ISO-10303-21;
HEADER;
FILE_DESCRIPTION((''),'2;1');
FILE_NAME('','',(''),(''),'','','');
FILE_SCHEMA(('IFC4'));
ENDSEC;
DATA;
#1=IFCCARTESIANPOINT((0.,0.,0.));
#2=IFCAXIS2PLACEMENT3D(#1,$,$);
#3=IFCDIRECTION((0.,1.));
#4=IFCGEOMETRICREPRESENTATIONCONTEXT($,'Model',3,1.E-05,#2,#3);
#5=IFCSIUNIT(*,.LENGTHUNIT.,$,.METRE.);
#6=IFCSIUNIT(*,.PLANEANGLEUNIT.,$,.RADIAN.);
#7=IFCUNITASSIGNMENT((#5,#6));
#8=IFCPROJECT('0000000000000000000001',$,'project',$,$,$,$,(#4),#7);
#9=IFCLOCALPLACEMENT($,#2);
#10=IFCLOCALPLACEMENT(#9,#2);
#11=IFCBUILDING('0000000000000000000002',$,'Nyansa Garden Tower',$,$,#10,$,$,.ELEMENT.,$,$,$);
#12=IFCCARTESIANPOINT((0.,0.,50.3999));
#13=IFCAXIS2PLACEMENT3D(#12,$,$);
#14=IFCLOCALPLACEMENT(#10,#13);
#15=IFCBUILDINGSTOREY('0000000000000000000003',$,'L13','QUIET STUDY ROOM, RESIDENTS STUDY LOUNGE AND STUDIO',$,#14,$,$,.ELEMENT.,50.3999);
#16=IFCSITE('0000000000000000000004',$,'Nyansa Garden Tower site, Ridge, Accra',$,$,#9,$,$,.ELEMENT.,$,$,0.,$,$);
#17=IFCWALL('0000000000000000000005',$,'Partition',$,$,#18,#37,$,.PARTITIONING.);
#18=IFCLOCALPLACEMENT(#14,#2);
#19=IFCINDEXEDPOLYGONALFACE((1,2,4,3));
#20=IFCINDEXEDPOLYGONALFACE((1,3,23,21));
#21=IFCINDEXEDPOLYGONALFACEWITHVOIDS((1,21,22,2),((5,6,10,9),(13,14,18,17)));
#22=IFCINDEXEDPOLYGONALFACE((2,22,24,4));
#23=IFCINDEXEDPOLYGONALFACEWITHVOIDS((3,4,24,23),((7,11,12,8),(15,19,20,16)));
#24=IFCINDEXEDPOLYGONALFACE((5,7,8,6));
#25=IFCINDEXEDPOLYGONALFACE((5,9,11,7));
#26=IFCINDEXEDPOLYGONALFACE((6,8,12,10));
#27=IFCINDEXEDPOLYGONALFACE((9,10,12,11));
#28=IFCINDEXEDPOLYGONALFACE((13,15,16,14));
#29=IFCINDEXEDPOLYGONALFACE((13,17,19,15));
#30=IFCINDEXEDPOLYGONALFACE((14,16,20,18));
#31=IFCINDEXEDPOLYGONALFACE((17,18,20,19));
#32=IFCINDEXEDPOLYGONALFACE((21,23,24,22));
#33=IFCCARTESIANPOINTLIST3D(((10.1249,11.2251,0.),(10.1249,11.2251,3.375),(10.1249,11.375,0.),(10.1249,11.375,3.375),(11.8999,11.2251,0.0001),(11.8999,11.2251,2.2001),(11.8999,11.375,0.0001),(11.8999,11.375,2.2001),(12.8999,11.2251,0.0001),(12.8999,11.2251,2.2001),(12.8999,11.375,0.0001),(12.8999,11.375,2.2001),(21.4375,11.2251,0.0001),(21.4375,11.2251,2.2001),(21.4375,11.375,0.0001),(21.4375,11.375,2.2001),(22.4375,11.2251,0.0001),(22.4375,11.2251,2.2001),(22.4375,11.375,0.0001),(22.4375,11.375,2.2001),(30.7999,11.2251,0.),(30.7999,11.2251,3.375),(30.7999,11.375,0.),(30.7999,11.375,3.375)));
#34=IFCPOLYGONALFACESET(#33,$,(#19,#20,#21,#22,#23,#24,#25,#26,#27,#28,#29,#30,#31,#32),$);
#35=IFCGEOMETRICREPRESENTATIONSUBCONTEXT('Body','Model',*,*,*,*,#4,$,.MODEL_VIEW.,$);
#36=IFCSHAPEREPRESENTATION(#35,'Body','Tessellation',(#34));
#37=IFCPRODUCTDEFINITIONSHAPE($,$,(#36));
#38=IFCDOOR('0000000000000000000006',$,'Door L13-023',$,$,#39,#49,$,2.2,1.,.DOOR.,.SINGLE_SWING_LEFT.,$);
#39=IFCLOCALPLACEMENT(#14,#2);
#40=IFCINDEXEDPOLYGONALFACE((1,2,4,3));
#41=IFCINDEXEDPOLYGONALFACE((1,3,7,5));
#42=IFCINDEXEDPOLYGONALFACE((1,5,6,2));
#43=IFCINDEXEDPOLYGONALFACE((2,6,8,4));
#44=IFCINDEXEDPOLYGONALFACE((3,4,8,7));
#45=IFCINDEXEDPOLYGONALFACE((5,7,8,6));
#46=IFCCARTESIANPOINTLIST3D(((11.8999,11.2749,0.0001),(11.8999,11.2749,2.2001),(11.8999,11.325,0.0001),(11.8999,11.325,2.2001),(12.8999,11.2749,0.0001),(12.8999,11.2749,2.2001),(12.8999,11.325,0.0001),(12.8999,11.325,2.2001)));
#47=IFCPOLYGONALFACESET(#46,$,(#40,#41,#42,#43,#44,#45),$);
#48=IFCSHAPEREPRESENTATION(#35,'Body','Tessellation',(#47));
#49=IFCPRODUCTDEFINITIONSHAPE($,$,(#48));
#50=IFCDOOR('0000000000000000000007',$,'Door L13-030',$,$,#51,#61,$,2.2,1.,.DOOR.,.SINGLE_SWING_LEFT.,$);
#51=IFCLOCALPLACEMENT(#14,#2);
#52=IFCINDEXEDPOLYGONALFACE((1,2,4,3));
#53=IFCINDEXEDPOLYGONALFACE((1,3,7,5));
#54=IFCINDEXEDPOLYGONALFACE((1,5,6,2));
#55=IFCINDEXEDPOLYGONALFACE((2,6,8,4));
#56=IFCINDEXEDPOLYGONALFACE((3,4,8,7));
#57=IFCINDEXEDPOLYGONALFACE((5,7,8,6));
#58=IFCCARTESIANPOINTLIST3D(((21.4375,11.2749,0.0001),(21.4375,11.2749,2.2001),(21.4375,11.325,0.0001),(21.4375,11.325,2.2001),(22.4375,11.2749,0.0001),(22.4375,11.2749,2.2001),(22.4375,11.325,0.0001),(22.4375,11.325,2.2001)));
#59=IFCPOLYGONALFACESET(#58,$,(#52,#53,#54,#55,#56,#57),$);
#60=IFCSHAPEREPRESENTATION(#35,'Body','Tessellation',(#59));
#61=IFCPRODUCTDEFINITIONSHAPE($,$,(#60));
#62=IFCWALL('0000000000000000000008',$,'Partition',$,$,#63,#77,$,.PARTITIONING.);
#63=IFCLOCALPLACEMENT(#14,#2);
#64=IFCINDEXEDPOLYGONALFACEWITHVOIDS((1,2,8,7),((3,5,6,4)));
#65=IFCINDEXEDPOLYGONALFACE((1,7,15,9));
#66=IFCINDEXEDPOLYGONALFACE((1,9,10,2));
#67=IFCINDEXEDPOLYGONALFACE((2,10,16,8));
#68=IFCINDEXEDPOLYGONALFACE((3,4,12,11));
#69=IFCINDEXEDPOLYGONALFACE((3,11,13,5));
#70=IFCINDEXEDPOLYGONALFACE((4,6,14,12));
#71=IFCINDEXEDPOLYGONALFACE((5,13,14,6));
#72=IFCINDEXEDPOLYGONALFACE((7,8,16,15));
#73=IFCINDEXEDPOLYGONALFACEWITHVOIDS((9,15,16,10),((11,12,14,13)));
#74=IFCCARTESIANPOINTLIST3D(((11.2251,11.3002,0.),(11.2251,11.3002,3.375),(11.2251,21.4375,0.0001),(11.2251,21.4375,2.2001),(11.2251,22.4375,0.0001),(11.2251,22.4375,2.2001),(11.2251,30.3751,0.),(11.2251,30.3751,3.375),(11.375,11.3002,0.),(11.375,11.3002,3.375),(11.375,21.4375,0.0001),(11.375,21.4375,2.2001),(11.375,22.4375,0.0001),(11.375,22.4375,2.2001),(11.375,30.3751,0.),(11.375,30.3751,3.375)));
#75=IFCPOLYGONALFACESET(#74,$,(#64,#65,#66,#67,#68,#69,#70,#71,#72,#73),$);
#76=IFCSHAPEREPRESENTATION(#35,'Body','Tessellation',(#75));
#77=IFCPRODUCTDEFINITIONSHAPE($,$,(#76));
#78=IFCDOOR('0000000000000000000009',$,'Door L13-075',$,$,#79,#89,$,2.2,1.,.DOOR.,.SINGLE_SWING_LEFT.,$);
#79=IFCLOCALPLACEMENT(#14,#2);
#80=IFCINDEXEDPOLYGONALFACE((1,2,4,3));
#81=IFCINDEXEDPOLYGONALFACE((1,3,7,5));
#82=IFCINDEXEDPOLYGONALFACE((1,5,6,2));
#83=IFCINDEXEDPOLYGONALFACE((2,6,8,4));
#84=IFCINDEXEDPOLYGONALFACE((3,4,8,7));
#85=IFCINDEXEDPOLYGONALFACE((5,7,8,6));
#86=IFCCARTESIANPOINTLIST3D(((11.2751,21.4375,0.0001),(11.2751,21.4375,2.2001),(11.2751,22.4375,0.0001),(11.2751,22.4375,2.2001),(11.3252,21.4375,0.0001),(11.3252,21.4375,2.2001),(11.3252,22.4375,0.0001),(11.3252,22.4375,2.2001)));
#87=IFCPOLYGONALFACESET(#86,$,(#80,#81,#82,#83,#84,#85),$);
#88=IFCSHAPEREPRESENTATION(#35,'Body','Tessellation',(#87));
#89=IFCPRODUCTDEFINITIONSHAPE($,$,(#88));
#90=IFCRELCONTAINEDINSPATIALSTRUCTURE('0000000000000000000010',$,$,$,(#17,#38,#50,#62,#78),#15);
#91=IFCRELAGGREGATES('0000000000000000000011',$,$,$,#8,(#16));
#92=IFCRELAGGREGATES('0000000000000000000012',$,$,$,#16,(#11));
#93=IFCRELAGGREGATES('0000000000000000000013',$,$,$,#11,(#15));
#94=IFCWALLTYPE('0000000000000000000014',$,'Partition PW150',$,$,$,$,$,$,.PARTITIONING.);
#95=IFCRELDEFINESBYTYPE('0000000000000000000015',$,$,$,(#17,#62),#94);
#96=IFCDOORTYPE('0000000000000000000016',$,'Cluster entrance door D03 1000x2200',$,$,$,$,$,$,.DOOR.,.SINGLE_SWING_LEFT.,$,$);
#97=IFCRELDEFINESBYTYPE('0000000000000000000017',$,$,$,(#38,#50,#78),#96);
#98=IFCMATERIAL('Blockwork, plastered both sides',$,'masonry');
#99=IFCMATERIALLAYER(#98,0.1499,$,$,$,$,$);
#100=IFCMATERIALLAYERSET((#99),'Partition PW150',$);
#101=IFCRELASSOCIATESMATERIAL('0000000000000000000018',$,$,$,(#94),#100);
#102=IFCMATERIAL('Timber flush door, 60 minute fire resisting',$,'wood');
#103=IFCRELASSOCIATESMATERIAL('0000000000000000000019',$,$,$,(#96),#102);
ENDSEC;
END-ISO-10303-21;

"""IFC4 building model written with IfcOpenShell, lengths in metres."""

from ifc_helpers import new_model, si_unit, direction, frame, frame_2d, origin, place, context, subcontext, project, spatial, rectangle, extrude, material, layer, layer_set, type_object, element, fill, save


model = new_model("IFC4")

# Units and contexts
model_context = context("Model", 3, precision=1e-05, world=origin(), true_north=direction((0.0, 1.0)))
body_context = subcontext(model_context, "Body", "Model", "MODEL_VIEW")
ifc_project = project(units=[si_unit("LENGTHUNIT", "METRE"), si_unit("PLANEANGLEUNIT", "RADIAN")], contexts=[model_context])

# Site, building, storey
site_placement = place(None, origin())
site = spatial("IfcSite", under=ifc_project, at=site_placement, Name="Nyansa Garden Tower site, Ridge, Accra", CompositionType="ELEMENT", RefElevation=0.0)
building_placement = place(site_placement, origin())
building = spatial("IfcBuilding", under=site, at=building_placement, Name="Nyansa Garden Tower", CompositionType="ELEMENT")
storey_placement = place(building_placement, frame((0.0, 0.0, 50.3999)))
storey = spatial("IfcBuildingStorey", under=building, at=storey_placement, Name="L13", Description="QUIET STUDY ROOM, RESIDENTS STUDY LOUNGE AND STUDIO", CompositionType="ELEMENT", Elevation=50.3999)

# Shared definitions
ifc_material_1 = material(Name="Blockwork, plastered both sides", Category="masonry")
ifc_layer_1 = layer(ifc_material_1, 0.1499)
ifc_layer_set_1 = layer_set([ifc_layer_1], Name="Partition PW150")
wall_type_1 = type_object("IfcWallType", Name="Partition PW150", PredefinedType="PARTITIONING", material=ifc_layer_set_1)

# Wall, openings, doors
wall_1_placement = place(storey_placement, frame((10.125, 11.3, 0.0), z_axis=(0.0, 0.0, 1.0), x_axis=(1.0, 0.0, 0.0)))
wall_1 = element("IfcWall", 1, at=wall_1_placement, inside=storey, type_object=wall_type_1, Name="Partition", PredefinedType="PARTITIONING", context=body_context, shape_type="SweptSolid", body=[
    extrude(rectangle(XDim=20.675, YDim=0.1499, at=frame_2d((10.3374, 0.0))), origin(), (0.0, 0.0, 1.0), 3.375),
])
opening_1_placement = place(wall_1_placement, frame((1.7749, 0.0, 0.0)))
opening_1 = element("IfcOpeningElement", 2, at=opening_1_placement, cuts=wall_1, PredefinedType="OPENING", context=body_context, shape_type="SweptSolid", body=[
    extrude(rectangle(XDim=1.0, YDim=2.2, at=frame_2d((0.5, 1.1001))), frame((0.0, 0.085, 0.0), z_axis=(0.0, -1.0, 0.0), x_axis=(1.0, 0.0, 0.0)), (0.0, 0.0, 1.0), 0.1699),
])
opening_2_placement = place(wall_1_placement, frame((11.3125, 0.0, 0.0)))
opening_2 = element("IfcOpeningElement", 3, at=opening_2_placement, cuts=wall_1, PredefinedType="OPENING", context=body_context, shape_type="SweptSolid", body=[
    extrude(rectangle(XDim=1.0, YDim=2.2, at=frame_2d((0.5, 1.1001))), frame((0.0, 0.085, 0.0), z_axis=(0.0, -1.0, 0.0), x_axis=(1.0, 0.0, 0.0)), (0.0, 0.0, 1.0), 0.1699),
])
ifc_material_2 = material(Name="Timber flush door, 60 minute fire resisting", Category="wood")
door_type_1 = type_object("IfcDoorType", Name="Cluster entrance door D03 1000x2200", OperationType="SINGLE_SWING_LEFT", PredefinedType="DOOR", material=ifc_material_2)
door_1_placement = place(opening_1_placement, origin())
door_1 = element("IfcDoor", 4, at=door_1_placement, inside=storey, type_object=door_type_1, Name="Door L13-023", OperationType="SINGLE_SWING_LEFT", OverallHeight=2.2, OverallWidth=1.0, PredefinedType="DOOR", context=body_context, shape_type="SweptSolid", body=[
    extrude(rectangle(XDim=1.0, YDim=2.2, at=frame_2d((0.5, 1.1001))), frame((0.0, 0.0249, 0.0), z_axis=(0.0, -1.0, 0.0), x_axis=(1.0, 0.0, 0.0)), (0.0, 0.0, 1.0), 0.05),
])
fill(opening_1, door_1)
door_2_placement = place(opening_2_placement, origin())
door_2 = element("IfcDoor", 5, at=door_2_placement, inside=storey, type_object=door_type_1, Name="Door L13-030", OperationType="SINGLE_SWING_LEFT", OverallHeight=2.2, OverallWidth=1.0, PredefinedType="DOOR", context=body_context, shape_type="SweptSolid", body=[
    extrude(rectangle(XDim=1.0, YDim=2.2, at=frame_2d((0.5, 1.1001))), frame((0.0, 0.0249, 0.0), z_axis=(0.0, -1.0, 0.0), x_axis=(1.0, 0.0, 0.0)), (0.0, 0.0, 1.0), 0.05),
])
fill(opening_2, door_2)

# Wall, opening, door
wall_2_placement = place(storey_placement, frame((11.3, 11.3, 0.0), z_axis=(0.0, 0.0, 1.0), x_axis=(0.0, 1.0, 0.0)))
wall_2 = element("IfcWall", 6, at=wall_2_placement, inside=storey, type_object=wall_type_1, Name="Partition", PredefinedType="PARTITIONING", context=body_context, shape_type="SweptSolid", body=[
    extrude(rectangle(XDim=19.075, YDim=0.1499, at=frame_2d((9.5376, 0.0))), origin(), (0.0, 0.0, 1.0), 3.375),
])
opening_3_placement = place(wall_2_placement, frame((10.1375, 0.0, 0.0)))
opening_3 = element("IfcOpeningElement", 7, at=opening_3_placement, cuts=wall_2, PredefinedType="OPENING", context=body_context, shape_type="SweptSolid", body=[
    extrude(rectangle(XDim=1.0, YDim=2.2, at=frame_2d((0.5, 1.1001))), frame((0.0, 0.085, 0.0), z_axis=(0.0, -1.0, 0.0), x_axis=(1.0, 0.0, 0.0)), (0.0, 0.0, 1.0), 0.1699),
])
door_3_placement = place(opening_3_placement, origin())
door_3 = element("IfcDoor", 8, at=door_3_placement, inside=storey, type_object=door_type_1, Name="Door L13-075", OperationType="SINGLE_SWING_LEFT", OverallHeight=2.2, OverallWidth=1.0, PredefinedType="DOOR", context=body_context, shape_type="SweptSolid", body=[
    extrude(rectangle(XDim=1.0, YDim=2.2, at=frame_2d((0.5, 1.1001))), frame((0.0, 0.0249, 0.0), z_axis=(0.0, -1.0, 0.0), x_axis=(1.0, 0.0, 0.0)), (0.0, 0.0, 1.0), 0.05),
])
fill(opening_3, door_3)

save(model, "model.ifc")
